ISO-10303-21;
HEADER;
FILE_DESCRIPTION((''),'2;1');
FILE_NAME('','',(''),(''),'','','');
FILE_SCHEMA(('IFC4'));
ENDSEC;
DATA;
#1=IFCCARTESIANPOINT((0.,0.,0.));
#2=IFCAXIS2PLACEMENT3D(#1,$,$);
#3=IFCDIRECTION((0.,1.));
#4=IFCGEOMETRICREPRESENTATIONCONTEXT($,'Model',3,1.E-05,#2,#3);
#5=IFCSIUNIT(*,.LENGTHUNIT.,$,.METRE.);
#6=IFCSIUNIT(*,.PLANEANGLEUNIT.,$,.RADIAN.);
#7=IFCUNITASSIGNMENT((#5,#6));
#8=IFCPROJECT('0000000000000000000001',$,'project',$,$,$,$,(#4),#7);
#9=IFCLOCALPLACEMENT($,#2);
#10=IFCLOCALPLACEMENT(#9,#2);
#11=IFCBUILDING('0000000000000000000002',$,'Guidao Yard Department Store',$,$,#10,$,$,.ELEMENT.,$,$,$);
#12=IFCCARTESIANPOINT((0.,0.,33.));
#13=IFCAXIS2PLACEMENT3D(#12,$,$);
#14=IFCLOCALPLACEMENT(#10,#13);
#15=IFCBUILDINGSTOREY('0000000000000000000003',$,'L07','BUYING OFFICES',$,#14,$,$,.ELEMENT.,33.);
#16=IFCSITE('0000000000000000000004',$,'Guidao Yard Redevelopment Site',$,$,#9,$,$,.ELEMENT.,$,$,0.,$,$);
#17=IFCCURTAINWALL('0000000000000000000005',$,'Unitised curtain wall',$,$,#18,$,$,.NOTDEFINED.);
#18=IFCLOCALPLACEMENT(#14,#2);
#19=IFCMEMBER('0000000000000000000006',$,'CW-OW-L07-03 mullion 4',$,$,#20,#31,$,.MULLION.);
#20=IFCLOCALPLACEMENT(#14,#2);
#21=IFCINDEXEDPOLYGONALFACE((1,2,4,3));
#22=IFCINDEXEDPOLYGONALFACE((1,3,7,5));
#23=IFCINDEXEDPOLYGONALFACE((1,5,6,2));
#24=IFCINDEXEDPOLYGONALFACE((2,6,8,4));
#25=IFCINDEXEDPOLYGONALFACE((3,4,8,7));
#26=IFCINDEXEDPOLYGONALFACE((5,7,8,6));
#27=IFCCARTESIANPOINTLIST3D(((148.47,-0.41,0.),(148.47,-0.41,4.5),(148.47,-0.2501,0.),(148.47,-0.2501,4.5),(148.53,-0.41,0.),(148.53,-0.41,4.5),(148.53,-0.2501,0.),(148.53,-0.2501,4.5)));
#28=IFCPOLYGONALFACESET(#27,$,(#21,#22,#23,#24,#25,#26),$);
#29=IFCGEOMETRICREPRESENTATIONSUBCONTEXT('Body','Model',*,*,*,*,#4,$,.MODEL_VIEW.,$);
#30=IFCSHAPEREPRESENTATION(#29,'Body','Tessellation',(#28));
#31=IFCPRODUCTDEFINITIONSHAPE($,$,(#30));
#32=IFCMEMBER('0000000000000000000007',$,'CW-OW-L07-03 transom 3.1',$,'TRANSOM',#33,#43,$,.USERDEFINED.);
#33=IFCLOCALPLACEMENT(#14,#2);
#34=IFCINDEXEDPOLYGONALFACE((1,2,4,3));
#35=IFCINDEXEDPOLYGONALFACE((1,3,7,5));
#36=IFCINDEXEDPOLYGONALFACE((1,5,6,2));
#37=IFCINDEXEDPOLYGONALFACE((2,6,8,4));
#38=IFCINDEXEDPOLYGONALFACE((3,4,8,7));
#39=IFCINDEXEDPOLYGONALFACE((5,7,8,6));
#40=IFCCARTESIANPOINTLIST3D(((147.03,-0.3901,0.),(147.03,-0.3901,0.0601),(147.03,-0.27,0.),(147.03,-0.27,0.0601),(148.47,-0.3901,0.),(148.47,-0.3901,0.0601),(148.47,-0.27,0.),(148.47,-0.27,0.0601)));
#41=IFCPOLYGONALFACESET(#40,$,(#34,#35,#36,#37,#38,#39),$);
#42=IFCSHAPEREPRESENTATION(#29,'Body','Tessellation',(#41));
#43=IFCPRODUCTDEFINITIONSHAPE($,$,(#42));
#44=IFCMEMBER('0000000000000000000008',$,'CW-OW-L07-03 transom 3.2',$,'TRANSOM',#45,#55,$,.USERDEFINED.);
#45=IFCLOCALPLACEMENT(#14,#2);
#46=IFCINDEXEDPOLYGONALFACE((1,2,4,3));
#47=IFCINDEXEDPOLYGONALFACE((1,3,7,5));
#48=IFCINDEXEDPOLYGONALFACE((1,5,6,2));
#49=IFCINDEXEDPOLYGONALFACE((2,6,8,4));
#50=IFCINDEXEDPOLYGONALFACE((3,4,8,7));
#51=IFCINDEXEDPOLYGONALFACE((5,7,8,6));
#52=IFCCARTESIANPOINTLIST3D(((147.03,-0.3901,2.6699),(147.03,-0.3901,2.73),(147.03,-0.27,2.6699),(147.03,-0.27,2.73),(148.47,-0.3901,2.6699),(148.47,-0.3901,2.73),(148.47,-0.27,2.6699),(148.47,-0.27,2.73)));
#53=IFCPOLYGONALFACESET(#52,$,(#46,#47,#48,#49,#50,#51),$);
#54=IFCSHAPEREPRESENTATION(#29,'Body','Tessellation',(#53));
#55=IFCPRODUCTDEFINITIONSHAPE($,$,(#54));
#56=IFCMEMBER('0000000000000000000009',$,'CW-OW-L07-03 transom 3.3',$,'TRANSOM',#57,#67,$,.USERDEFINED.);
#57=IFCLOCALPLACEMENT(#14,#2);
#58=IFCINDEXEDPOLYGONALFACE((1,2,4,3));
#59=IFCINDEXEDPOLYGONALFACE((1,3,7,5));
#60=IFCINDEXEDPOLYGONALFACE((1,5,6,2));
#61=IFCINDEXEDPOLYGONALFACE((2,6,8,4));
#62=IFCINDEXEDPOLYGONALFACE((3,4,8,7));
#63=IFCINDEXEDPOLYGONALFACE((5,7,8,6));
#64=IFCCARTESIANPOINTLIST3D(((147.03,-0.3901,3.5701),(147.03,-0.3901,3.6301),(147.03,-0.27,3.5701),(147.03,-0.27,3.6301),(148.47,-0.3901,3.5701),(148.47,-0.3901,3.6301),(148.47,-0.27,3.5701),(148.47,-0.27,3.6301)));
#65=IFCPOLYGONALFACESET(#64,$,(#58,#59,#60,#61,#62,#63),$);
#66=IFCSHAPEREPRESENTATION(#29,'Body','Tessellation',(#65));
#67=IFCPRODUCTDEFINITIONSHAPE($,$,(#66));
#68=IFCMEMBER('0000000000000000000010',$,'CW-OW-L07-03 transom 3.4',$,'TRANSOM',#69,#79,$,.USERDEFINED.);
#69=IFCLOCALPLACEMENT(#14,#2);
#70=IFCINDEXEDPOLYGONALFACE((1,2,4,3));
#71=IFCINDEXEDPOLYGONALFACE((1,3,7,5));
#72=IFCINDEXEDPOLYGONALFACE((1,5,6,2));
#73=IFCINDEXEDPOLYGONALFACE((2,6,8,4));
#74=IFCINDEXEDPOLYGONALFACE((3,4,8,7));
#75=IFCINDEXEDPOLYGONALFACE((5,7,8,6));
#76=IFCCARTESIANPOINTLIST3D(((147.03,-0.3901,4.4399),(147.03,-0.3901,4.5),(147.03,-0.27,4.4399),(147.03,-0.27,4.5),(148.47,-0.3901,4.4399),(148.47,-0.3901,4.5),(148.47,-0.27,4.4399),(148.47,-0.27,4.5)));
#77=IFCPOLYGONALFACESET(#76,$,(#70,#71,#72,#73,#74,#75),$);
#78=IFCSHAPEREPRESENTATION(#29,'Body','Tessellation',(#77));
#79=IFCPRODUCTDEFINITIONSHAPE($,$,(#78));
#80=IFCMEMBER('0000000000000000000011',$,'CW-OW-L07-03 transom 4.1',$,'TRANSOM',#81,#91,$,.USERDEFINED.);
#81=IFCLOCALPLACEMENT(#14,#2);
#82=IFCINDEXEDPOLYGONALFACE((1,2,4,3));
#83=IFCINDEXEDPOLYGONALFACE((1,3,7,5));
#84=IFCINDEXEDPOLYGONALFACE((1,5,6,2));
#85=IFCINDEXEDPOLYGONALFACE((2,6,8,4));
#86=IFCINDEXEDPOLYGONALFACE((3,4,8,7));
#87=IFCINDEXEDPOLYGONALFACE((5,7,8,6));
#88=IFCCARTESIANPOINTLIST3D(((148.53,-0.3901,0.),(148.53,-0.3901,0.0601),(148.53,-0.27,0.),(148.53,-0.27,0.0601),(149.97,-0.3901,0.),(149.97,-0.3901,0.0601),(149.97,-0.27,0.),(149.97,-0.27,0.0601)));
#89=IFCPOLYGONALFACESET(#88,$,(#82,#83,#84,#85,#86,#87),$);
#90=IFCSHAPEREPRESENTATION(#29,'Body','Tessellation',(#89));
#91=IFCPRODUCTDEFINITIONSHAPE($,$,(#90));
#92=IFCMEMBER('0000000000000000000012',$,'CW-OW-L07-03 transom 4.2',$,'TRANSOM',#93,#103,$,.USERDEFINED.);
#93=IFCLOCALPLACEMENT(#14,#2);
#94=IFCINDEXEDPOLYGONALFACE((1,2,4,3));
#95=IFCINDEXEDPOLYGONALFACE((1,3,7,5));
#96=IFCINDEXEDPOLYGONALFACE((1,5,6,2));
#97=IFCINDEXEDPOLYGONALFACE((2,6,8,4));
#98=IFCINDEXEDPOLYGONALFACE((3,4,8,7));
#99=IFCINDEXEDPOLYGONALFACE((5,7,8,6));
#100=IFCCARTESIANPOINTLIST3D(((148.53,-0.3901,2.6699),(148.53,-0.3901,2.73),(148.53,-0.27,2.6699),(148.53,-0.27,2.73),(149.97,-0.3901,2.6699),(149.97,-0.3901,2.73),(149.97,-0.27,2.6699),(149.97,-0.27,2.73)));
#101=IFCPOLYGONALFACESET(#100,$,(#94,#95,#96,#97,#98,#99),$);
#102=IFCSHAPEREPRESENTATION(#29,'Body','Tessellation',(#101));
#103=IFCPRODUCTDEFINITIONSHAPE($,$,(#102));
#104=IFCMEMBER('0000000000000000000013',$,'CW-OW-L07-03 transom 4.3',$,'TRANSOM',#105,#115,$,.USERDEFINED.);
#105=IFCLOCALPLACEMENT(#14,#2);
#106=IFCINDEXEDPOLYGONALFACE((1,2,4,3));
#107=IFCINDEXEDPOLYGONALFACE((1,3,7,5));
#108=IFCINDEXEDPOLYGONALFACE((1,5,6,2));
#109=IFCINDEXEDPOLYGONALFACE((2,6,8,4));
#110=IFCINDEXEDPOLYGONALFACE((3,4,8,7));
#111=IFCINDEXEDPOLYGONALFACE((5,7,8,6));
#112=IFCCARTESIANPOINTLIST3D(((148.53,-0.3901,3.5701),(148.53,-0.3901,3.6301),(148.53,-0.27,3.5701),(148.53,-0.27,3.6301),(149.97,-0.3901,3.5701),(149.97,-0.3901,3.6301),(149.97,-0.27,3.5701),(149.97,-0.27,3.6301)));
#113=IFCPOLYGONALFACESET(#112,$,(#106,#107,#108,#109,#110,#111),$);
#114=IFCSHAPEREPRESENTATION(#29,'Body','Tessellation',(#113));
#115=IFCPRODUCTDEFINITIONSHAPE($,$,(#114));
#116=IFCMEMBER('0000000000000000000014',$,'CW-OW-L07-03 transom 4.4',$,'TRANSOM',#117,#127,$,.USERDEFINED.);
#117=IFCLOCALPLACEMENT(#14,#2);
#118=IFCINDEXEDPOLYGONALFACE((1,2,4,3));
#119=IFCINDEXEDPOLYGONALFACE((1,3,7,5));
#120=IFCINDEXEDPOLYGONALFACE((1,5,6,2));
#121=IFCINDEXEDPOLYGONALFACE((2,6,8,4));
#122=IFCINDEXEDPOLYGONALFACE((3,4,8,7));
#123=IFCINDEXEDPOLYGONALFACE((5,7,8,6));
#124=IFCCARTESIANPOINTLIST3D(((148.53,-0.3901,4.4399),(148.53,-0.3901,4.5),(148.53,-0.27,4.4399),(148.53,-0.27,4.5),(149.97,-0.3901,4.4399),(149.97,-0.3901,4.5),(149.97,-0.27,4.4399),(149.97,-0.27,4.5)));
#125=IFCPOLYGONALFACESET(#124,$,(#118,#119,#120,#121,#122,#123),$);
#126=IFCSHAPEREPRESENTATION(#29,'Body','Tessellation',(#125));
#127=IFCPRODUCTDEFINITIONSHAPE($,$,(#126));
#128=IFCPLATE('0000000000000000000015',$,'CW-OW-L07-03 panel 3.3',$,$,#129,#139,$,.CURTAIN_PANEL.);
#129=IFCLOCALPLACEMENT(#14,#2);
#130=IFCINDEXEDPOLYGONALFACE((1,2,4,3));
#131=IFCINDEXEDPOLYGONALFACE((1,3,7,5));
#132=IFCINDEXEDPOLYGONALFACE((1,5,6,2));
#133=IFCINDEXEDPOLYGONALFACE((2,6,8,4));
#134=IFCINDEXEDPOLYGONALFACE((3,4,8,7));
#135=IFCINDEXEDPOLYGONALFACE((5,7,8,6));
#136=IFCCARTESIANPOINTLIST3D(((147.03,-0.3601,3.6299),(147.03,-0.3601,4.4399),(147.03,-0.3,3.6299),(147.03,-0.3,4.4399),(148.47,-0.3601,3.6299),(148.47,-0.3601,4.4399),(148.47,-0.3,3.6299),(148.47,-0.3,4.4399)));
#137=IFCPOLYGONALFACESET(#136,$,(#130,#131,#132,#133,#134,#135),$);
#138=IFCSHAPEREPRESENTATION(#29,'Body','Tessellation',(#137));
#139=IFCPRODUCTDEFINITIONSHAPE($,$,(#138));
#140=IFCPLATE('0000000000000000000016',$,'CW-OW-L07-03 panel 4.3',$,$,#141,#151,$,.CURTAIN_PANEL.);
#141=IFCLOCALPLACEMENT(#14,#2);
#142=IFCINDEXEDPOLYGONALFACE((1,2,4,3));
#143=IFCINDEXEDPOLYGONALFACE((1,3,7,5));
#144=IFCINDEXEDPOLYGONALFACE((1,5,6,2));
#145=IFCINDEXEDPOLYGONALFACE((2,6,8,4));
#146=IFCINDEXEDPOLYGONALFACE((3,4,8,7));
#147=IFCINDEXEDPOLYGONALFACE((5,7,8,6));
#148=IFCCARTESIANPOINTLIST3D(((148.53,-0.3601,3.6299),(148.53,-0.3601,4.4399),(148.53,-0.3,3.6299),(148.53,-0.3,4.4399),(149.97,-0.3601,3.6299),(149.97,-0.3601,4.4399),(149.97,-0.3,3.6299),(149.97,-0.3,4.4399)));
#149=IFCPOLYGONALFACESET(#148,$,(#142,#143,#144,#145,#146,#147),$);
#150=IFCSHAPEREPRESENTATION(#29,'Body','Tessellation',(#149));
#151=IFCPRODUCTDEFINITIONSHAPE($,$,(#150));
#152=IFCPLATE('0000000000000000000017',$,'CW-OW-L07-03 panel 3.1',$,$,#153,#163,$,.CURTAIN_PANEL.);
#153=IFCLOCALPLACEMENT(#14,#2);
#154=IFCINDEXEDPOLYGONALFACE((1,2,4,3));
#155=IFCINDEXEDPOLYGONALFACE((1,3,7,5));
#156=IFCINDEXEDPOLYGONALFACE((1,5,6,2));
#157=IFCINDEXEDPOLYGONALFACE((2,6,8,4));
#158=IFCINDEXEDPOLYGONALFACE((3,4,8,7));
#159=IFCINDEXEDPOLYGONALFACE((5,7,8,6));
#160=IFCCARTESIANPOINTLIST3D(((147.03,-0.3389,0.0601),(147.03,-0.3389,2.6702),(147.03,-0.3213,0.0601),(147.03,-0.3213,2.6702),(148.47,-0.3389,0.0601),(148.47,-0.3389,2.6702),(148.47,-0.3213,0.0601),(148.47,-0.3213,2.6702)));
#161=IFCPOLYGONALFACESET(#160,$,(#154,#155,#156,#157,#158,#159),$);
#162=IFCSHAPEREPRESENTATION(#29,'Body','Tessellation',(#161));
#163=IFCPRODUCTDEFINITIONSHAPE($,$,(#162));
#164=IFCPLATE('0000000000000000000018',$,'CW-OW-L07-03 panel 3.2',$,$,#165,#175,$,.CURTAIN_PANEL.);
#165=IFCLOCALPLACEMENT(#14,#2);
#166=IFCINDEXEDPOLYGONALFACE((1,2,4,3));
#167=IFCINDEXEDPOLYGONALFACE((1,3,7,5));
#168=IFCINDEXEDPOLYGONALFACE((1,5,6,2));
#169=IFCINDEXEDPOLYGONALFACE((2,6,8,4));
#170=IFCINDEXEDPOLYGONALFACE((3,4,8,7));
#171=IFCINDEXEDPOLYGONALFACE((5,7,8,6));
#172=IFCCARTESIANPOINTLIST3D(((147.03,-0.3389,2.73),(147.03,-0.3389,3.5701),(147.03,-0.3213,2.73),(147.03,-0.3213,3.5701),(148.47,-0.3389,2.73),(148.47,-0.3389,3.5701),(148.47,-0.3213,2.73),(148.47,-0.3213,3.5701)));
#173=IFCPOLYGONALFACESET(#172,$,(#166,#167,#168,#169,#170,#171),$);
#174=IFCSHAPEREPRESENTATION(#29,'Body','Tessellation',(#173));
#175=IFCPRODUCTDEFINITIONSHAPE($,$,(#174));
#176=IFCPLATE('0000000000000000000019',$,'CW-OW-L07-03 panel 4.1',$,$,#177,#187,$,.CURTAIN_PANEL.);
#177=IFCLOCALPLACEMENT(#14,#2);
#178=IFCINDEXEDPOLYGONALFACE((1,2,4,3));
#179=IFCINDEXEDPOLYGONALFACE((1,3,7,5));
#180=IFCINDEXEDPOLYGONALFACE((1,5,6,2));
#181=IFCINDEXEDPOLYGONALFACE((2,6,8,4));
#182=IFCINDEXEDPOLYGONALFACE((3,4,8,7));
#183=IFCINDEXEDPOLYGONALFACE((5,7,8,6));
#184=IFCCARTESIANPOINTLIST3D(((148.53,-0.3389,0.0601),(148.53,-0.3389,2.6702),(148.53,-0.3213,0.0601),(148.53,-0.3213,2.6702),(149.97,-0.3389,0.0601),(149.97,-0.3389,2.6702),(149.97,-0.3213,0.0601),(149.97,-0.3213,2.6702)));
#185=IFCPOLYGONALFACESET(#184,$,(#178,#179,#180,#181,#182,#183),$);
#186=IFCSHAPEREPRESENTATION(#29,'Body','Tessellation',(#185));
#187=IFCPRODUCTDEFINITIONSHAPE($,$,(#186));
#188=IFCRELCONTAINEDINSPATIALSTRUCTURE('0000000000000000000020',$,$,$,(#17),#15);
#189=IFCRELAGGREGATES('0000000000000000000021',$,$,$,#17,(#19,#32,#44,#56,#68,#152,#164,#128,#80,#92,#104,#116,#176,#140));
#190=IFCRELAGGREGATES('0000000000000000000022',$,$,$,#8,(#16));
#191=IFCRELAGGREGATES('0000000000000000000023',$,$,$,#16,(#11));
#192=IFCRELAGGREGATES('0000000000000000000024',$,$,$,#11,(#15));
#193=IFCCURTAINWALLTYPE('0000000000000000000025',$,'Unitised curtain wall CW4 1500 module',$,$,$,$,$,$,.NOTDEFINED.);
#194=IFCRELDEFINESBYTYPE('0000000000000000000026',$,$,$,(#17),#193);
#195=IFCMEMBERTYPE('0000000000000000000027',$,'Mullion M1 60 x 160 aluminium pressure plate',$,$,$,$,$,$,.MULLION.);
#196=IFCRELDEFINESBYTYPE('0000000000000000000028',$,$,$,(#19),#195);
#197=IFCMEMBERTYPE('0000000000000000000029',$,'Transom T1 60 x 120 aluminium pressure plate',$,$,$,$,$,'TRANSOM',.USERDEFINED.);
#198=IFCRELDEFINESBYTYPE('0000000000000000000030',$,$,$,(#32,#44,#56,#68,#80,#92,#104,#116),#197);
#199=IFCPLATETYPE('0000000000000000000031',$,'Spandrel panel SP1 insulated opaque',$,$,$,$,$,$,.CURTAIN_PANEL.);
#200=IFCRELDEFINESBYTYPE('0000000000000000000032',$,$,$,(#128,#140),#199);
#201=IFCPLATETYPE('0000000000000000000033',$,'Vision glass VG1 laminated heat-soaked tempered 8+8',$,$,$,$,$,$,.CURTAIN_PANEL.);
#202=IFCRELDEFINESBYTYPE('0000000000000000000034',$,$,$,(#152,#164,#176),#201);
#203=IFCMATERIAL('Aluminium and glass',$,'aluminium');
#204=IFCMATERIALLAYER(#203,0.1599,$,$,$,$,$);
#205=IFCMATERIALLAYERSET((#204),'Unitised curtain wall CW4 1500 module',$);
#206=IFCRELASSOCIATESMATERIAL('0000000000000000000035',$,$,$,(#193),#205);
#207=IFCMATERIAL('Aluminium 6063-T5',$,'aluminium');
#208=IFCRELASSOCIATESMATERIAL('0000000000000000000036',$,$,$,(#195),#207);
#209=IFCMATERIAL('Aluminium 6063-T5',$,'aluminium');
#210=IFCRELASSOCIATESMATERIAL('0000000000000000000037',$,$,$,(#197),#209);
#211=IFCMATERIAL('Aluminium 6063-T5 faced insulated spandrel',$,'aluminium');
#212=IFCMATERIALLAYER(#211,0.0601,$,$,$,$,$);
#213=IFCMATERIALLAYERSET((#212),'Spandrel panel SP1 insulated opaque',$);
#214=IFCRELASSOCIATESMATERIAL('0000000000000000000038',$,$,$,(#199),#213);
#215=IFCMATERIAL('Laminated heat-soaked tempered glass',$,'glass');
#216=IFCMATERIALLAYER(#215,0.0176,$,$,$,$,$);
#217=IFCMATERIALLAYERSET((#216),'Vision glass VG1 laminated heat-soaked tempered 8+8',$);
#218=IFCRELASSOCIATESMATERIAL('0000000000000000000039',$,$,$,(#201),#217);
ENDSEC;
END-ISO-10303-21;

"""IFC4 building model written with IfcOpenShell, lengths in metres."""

from ifc_helpers import new_model, si_unit, direction, frame, origin, origin_2d, place, context, subcontext, project, spatial, rectangle, extrude, material, layer, layer_set, material_profile, profile_set, type_object, element, aggregate, save


model = new_model("IFC4")

# Units and contexts
model_context = context("Model", 3, precision=1e-05, world=origin(), true_north=direction((0.0, 1.0)))
body_context = subcontext(model_context, "Body", "Model", "MODEL_VIEW")
ifc_project = project(units=[si_unit("LENGTHUNIT", "METRE"), si_unit("PLANEANGLEUNIT", "RADIAN")], contexts=[model_context])

# Site, building, storey
site_placement = place(None, origin())
site = spatial("IfcSite", under=ifc_project, at=site_placement, Name="Guidao Yard Redevelopment Site", CompositionType="ELEMENT", RefElevation=0.0)
building_placement = place(site_placement, origin())
building = spatial("IfcBuilding", under=site, at=building_placement, Name="Guidao Yard Department Store", CompositionType="ELEMENT")
storey_placement = place(building_placement, frame((0.0, 0.0, 33.0)))
storey = spatial("IfcBuildingStorey", under=building, at=storey_placement, Name="L07", Description="BUYING OFFICES", CompositionType="ELEMENT", Elevation=33.0)

# Curtain wall, members, plates
ifc_material_1 = material(Name="Aluminium and glass", Category="aluminium")
ifc_layer_1 = layer(ifc_material_1, 0.1599)
ifc_layer_set_1 = layer_set([ifc_layer_1], Name="Unitised curtain wall CW4 1500 module")
curtain_wall_type = type_object("IfcCurtainWallType", Name="Unitised curtain wall CW4 1500 module", PredefinedType="NOTDEFINED", material=ifc_layer_set_1)
curtain_wall_placement = place(storey_placement, origin())
curtain_wall = element("IfcCurtainWall", 1, at=curtain_wall_placement, inside=storey, type_object=curtain_wall_type, Name="Unitised curtain wall", PredefinedType="NOTDEFINED")
ifc_material_2 = material(Name="Aluminium 6063-T5", Category="aluminium")
ifc_material_profile_1 = material_profile(ifc_material_2, rectangle(XDim=0.0601, YDim=0.1599, at=origin_2d()), Name="Mullion M1 60 x 160 aluminium pressure plate")
ifc_profile_set_1 = profile_set([ifc_material_profile_1], Name="Aluminium 6063-T5")
member_type_1 = type_object("IfcMemberType", Name="Mullion M1 60 x 160 aluminium pressure plate", PredefinedType="MULLION", material=ifc_profile_set_1)
member_1_placement = place(storey_placement, frame((148.5, -0.3301, 0.0), z_axis=(0.0, 0.0, 1.0), x_axis=(-1.0, 0.0, 0.0)))
member_1 = element("IfcMember", 2, at=member_1_placement, type_object=member_type_1, Name="CW-OW-L07-03 mullion 4", PredefinedType="MULLION", context=body_context, shape_type="SweptSolid", body=[
    extrude(rectangle(XDim=0.0601, YDim=0.1599, at=origin_2d()), origin(), (0.0, 0.0, 1.0), 4.5),
])
ifc_material_3 = material(Name="Aluminium 6063-T5", Category="aluminium")
ifc_material_profile_2 = material_profile(ifc_material_3, rectangle(XDim=0.1201, YDim=0.0601, at=origin_2d()), Name="Transom T1 60 x 120 aluminium pressure plate")
ifc_profile_set_2 = profile_set([ifc_material_profile_2], Name="Aluminium 6063-T5")
member_type_2 = type_object("IfcMemberType", Name="Transom T1 60 x 120 aluminium pressure plate", ElementType="TRANSOM", PredefinedType="USERDEFINED", material=ifc_profile_set_2)
member_2_placement = place(storey_placement, frame((148.47, -0.3301, 0.03), z_axis=(-1.0, 0.0, 0.0), x_axis=(0.0, -1.0, 0.0)))
member_2 = element("IfcMember", 3, at=member_2_placement, type_object=member_type_2, Name="CW-OW-L07-03 transom 3.1", ObjectType="TRANSOM", PredefinedType="USERDEFINED", context=body_context, shape_type="SweptSolid", body=[
    extrude(rectangle(XDim=0.1201, YDim=0.0601, at=origin_2d()), origin(), (0.0, 0.0, 1.0), 1.4399),
])
member_3_placement = place(storey_placement, frame((148.47, -0.3301, 2.7), z_axis=(-1.0, 0.0, 0.0), x_axis=(0.0, -1.0, 0.0)))
member_3 = element("IfcMember", 4, at=member_3_placement, type_object=member_type_2, Name="CW-OW-L07-03 transom 3.2", ObjectType="TRANSOM", PredefinedType="USERDEFINED", context=body_context, shape_type="SweptSolid", body=[
    extrude(rectangle(XDim=0.1201, YDim=0.0601, at=origin_2d()), origin(), (0.0, 0.0, 1.0), 1.4399),
])
member_4_placement = place(storey_placement, frame((148.47, -0.3301, 3.6001), z_axis=(-1.0, 0.0, 0.0), x_axis=(0.0, -1.0, 0.0)))
member_4 = element("IfcMember", 5, at=member_4_placement, type_object=member_type_2, Name="CW-OW-L07-03 transom 3.3", ObjectType="TRANSOM", PredefinedType="USERDEFINED", context=body_context, shape_type="SweptSolid", body=[
    extrude(rectangle(XDim=0.1201, YDim=0.0601, at=origin_2d()), origin(), (0.0, 0.0, 1.0), 1.4399),
])
member_5_placement = place(storey_placement, frame((148.47, -0.3301, 4.47), z_axis=(-1.0, 0.0, 0.0), x_axis=(0.0, -1.0, 0.0)))
member_5 = element("IfcMember", 6, at=member_5_placement, type_object=member_type_2, Name="CW-OW-L07-03 transom 3.4", ObjectType="TRANSOM", PredefinedType="USERDEFINED", context=body_context, shape_type="SweptSolid", body=[
    extrude(rectangle(XDim=0.1201, YDim=0.0601, at=origin_2d()), origin(), (0.0, 0.0, 1.0), 1.4399),
])
member_6_placement = place(storey_placement, frame((149.97, -0.3301, 0.03), z_axis=(-1.0, 0.0, 0.0), x_axis=(0.0, -1.0, 0.0)))
member_6 = element("IfcMember", 7, at=member_6_placement, type_object=member_type_2, Name="CW-OW-L07-03 transom 4.1", ObjectType="TRANSOM", PredefinedType="USERDEFINED", context=body_context, shape_type="SweptSolid", body=[
    extrude(rectangle(XDim=0.1201, YDim=0.0601, at=origin_2d()), origin(), (0.0, 0.0, 1.0), 1.4399),
])
member_7_placement = place(storey_placement, frame((149.97, -0.3301, 2.7), z_axis=(-1.0, 0.0, 0.0), x_axis=(0.0, -1.0, 0.0)))
member_7 = element("IfcMember", 8, at=member_7_placement, type_object=member_type_2, Name="CW-OW-L07-03 transom 4.2", ObjectType="TRANSOM", PredefinedType="USERDEFINED", context=body_context, shape_type="SweptSolid", body=[
    extrude(rectangle(XDim=0.1201, YDim=0.0601, at=origin_2d()), origin(), (0.0, 0.0, 1.0), 1.4399),
])
member_8_placement = place(storey_placement, frame((149.97, -0.3301, 3.6001), z_axis=(-1.0, 0.0, 0.0), x_axis=(0.0, -1.0, 0.0)))
member_8 = element("IfcMember", 9, at=member_8_placement, type_object=member_type_2, Name="CW-OW-L07-03 transom 4.3", ObjectType="TRANSOM", PredefinedType="USERDEFINED", context=body_context, shape_type="SweptSolid", body=[
    extrude(rectangle(XDim=0.1201, YDim=0.0601, at=origin_2d()), origin(), (0.0, 0.0, 1.0), 1.4399),
])
member_9_placement = place(storey_placement, frame((149.97, -0.3301, 4.47), z_axis=(-1.0, 0.0, 0.0), x_axis=(0.0, -1.0, 0.0)))
member_9 = element("IfcMember", 10, at=member_9_placement, type_object=member_type_2, Name="CW-OW-L07-03 transom 4.4", ObjectType="TRANSOM", PredefinedType="USERDEFINED", context=body_context, shape_type="SweptSolid", body=[
    extrude(rectangle(XDim=0.1201, YDim=0.0601, at=origin_2d()), origin(), (0.0, 0.0, 1.0), 1.4399),
])
ifc_material_4 = material(Name="Aluminium 6063-T5 faced insulated spandrel", Category="aluminium")
ifc_layer_2 = layer(ifc_material_4, 0.0601)
ifc_layer_set_2 = layer_set([ifc_layer_2], Name="Spandrel panel SP1 insulated opaque")
plate_type_1 = type_object("IfcPlateType", Name="Spandrel panel SP1 insulated opaque", PredefinedType="CURTAIN_PANEL", material=ifc_layer_set_2)
plate_1_placement = place(storey_placement, frame((147.75, -0.3301, 3.6299), z_axis=(0.0, 0.0, 1.0), x_axis=(-1.0, 0.0, 0.0)))
plate_1 = element("IfcPlate", 11, at=plate_1_placement, type_object=plate_type_1, Name="CW-OW-L07-03 panel 3.3", PredefinedType="CURTAIN_PANEL", context=body_context, shape_type="SweptSolid", body=[
    extrude(rectangle(XDim=1.4399, YDim=0.0601, at=origin_2d()), origin(), (0.0, 0.0, 1.0), 0.8101),
])
plate_2_placement = place(storey_placement, frame((149.25, -0.3301, 3.6299), z_axis=(0.0, 0.0, 1.0), x_axis=(-1.0, 0.0, 0.0)))
plate_2 = element("IfcPlate", 12, at=plate_2_placement, type_object=plate_type_1, Name="CW-OW-L07-03 panel 4.3", PredefinedType="CURTAIN_PANEL", context=body_context, shape_type="SweptSolid", body=[
    extrude(rectangle(XDim=1.4399, YDim=0.0601, at=origin_2d()), origin(), (0.0, 0.0, 1.0), 0.8101),
])
ifc_material_5 = material(Name="Laminated heat-soaked tempered glass", Category="glass")
ifc_layer_3 = layer(ifc_material_5, 0.0176)
ifc_layer_set_3 = layer_set([ifc_layer_3], Name="Vision glass VG1 laminated heat-soaked tempered 8+8")
plate_type_2 = type_object("IfcPlateType", Name="Vision glass VG1 laminated heat-soaked tempered 8+8", PredefinedType="CURTAIN_PANEL", material=ifc_layer_set_3)
plate_3_placement = place(storey_placement, frame((147.75, -0.3301, 0.0601), z_axis=(0.0, 0.0, 1.0), x_axis=(-1.0, 0.0, 0.0)))
plate_3 = element("IfcPlate", 13, at=plate_3_placement, type_object=plate_type_2, Name="CW-OW-L07-03 panel 3.1", PredefinedType="CURTAIN_PANEL", context=body_context, shape_type="SweptSolid", body=[
    extrude(rectangle(XDim=1.4399, YDim=0.0176, at=origin_2d()), origin(), (0.0, 0.0, 1.0), 2.6101),
])
plate_4_placement = place(storey_placement, frame((147.75, -0.3301, 2.73), z_axis=(0.0, 0.0, 1.0), x_axis=(-1.0, 0.0, 0.0)))
plate_4 = element("IfcPlate", 14, at=plate_4_placement, type_object=plate_type_2, Name="CW-OW-L07-03 panel 3.2", PredefinedType="CURTAIN_PANEL", context=body_context, shape_type="SweptSolid", body=[
    extrude(rectangle(XDim=1.4399, YDim=0.0176, at=origin_2d()), origin(), (0.0, 0.0, 1.0), 0.8401),
])
plate_5_placement = place(storey_placement, frame((149.25, -0.3301, 0.0601), z_axis=(0.0, 0.0, 1.0), x_axis=(-1.0, 0.0, 0.0)))
plate_5 = element("IfcPlate", 15, at=plate_5_placement, type_object=plate_type_2, Name="CW-OW-L07-03 panel 4.1", PredefinedType="CURTAIN_PANEL", context=body_context, shape_type="SweptSolid", body=[
    extrude(rectangle(XDim=1.4399, YDim=0.0176, at=origin_2d()), origin(), (0.0, 0.0, 1.0), 2.6101),
])
aggregate(curtain_wall, [member_1, member_2, member_3, member_4, member_5, plate_3, plate_4, plate_1, member_6, member_7, member_8, member_9, plate_5, plate_2])

save(model, "model.ifc")
